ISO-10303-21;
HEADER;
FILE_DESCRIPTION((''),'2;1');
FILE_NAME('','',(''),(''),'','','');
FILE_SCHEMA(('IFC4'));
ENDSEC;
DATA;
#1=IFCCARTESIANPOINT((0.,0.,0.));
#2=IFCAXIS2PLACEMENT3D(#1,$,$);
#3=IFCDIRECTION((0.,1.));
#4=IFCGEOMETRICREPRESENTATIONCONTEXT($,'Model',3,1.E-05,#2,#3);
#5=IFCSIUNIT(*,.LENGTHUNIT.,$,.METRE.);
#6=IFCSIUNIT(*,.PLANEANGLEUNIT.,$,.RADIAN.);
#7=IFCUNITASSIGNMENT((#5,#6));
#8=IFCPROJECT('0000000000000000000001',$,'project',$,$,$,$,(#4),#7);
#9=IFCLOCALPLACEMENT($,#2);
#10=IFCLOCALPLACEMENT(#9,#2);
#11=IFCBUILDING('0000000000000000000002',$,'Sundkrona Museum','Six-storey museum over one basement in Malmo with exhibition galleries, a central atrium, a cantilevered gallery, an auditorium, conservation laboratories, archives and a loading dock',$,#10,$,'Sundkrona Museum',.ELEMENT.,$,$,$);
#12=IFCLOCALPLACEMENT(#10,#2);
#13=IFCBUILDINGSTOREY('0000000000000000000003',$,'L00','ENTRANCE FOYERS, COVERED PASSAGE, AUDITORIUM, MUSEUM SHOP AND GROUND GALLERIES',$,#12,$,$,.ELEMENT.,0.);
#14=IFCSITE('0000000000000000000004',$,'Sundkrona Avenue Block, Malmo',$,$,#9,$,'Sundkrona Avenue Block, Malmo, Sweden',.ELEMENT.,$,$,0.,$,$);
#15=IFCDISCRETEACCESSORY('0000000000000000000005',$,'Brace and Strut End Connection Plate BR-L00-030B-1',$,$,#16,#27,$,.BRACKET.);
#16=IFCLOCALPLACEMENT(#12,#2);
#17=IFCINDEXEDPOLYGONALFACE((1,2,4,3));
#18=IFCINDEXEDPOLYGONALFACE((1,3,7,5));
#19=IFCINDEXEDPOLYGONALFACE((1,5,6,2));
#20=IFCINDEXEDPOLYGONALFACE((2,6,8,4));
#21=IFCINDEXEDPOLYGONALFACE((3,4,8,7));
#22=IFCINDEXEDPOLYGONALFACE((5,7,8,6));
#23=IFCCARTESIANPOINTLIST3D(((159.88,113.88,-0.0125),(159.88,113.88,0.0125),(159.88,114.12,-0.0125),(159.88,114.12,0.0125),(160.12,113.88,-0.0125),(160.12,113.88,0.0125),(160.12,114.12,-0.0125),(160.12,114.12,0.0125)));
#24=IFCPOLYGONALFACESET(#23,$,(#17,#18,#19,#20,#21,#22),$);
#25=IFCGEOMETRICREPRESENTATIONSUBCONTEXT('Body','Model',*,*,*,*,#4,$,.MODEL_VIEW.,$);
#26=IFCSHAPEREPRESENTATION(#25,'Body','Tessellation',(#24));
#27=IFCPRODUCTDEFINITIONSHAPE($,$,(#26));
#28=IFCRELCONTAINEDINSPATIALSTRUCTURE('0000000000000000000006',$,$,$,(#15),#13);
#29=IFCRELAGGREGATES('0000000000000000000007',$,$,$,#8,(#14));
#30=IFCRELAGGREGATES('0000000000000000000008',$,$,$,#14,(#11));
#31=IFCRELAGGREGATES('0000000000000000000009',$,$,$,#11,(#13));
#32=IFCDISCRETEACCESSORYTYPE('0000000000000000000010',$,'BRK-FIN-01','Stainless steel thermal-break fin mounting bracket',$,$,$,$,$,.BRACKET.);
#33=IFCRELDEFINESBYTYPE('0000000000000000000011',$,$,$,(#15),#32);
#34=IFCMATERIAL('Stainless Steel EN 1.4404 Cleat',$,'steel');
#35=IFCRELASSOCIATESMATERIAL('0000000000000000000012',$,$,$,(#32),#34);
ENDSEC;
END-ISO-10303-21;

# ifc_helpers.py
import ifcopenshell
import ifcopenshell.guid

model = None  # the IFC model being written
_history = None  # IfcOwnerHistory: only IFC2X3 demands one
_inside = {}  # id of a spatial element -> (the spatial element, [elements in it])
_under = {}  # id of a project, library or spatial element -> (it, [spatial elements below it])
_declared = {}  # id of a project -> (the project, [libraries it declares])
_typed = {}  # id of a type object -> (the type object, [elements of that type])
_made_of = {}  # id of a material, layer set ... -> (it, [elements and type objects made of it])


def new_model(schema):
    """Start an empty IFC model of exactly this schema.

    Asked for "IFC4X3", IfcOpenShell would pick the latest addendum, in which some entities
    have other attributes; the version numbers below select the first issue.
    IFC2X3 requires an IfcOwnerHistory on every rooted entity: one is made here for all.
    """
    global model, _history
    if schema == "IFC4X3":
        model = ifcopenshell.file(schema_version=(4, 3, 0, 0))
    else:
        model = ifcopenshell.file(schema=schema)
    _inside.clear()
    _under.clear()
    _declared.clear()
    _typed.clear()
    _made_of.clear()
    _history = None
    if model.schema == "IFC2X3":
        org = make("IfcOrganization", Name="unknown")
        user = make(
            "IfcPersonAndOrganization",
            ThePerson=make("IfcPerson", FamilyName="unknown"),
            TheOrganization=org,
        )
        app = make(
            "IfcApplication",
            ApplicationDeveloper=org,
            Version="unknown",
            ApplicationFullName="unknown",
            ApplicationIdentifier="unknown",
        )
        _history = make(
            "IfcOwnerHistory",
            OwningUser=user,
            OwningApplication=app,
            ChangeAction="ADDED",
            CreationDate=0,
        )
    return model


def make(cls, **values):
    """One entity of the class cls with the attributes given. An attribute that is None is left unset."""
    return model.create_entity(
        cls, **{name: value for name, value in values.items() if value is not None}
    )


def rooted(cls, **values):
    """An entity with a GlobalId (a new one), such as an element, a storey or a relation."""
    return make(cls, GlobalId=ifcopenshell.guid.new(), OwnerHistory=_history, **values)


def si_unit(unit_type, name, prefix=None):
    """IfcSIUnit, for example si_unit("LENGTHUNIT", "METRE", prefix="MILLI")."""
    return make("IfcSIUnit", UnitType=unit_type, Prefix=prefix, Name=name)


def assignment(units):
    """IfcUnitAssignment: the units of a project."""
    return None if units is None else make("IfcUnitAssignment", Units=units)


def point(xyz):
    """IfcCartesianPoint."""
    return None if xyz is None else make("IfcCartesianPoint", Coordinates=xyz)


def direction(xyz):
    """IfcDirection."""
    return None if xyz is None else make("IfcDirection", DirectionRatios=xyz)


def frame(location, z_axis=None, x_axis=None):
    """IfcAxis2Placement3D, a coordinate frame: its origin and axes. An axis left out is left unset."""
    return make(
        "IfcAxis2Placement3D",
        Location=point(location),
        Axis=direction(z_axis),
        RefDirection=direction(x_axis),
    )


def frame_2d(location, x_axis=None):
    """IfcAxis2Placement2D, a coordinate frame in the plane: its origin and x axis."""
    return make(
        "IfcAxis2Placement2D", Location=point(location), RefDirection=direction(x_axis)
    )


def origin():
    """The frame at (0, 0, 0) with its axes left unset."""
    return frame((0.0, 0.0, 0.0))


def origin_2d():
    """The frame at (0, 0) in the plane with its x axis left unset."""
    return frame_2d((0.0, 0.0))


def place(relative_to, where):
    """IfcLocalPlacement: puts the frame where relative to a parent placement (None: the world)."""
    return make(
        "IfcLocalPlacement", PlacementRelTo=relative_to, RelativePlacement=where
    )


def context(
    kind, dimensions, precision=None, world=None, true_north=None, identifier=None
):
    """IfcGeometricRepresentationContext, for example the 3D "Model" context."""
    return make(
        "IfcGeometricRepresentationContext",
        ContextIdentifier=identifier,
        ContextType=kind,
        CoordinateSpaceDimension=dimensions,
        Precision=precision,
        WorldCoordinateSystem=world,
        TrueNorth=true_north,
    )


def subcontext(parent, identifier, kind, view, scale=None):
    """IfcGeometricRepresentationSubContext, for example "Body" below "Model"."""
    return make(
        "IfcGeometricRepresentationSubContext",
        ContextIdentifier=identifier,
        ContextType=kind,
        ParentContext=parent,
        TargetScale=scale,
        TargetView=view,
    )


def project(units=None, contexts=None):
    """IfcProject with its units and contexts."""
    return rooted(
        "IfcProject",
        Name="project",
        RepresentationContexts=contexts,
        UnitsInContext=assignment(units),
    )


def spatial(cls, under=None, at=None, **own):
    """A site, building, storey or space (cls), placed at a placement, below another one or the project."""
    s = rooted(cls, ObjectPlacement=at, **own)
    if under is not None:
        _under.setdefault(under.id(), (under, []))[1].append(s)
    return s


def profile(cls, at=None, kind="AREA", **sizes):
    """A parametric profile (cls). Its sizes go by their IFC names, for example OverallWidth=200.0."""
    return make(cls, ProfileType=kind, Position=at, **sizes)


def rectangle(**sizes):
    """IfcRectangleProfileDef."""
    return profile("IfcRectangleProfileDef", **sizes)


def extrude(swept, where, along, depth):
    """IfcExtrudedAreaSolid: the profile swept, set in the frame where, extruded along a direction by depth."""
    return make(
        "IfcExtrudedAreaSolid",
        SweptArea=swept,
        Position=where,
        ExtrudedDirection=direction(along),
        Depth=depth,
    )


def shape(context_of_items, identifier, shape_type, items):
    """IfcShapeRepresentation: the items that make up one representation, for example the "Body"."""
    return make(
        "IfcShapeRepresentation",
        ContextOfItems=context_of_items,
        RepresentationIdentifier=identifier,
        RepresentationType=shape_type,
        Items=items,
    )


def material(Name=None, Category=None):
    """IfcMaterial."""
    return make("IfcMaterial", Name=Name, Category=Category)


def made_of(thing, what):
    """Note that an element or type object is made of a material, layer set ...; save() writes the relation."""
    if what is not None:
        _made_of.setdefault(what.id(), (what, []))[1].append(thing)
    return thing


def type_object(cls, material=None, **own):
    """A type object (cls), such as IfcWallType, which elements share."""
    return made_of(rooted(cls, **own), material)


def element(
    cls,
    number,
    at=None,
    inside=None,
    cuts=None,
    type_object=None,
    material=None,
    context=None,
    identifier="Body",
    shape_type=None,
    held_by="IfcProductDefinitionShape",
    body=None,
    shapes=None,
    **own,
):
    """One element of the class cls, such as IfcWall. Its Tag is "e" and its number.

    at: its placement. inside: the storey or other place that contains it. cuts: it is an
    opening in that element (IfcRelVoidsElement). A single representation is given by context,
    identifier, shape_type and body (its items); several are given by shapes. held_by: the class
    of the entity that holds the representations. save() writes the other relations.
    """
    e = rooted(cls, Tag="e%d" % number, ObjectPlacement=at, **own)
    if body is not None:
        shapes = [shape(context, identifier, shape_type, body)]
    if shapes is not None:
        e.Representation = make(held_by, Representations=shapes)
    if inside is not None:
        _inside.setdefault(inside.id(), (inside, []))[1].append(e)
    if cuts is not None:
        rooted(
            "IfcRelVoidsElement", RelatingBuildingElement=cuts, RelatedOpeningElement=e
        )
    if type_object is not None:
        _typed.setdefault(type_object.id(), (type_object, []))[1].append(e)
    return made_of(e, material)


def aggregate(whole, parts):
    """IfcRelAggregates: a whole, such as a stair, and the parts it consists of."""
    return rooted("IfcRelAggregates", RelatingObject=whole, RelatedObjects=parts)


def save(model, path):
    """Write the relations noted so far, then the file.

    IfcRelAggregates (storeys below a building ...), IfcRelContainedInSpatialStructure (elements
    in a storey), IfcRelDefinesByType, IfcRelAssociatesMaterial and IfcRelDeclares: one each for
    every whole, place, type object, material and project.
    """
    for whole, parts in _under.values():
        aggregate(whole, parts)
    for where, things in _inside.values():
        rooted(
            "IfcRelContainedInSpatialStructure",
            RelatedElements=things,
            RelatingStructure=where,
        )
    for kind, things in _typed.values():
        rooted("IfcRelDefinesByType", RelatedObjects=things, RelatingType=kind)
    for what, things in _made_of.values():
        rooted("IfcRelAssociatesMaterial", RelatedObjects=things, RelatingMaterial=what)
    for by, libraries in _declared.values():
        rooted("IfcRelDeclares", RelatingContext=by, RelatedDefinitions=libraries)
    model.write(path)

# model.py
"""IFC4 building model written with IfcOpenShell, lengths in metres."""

from ifc_helpers import new_model, si_unit, direction, frame, origin, origin_2d, place, context, subcontext, project, spatial, rectangle, extrude, material, type_object, element, save


model = new_model("IFC4")

# Units and contexts
model_context = context("Model", 3, precision=1e-05, world=origin(), true_north=direction((0.0, 1.0)))
body_context = subcontext(model_context, "Body", "Model", "MODEL_VIEW")
ifc_project = project(units=[si_unit("LENGTHUNIT", "METRE"), si_unit("PLANEANGLEUNIT", "RADIAN")], contexts=[model_context])

# Site, building, storey
site_placement = place(None, origin())
site = spatial("IfcSite", under=ifc_project, at=site_placement, Name="Sundkrona Avenue Block, Malmo", LongName="Sundkrona Avenue Block, Malmo, Sweden", CompositionType="ELEMENT", RefElevation=0.0)
building_placement = place(site_placement, origin())
building = spatial("IfcBuilding", under=site, at=building_placement, Name="Sundkrona Museum", Description="Six-storey museum over one basement in Malmo with exhibition galleries, a central atrium, a cantilevered gallery, an auditorium, conservation laboratories, archives and a loading dock", LongName="Sundkrona Museum", CompositionType="ELEMENT")
storey_placement = place(building_placement, origin())
storey = spatial("IfcBuildingStorey", under=building, at=storey_placement, Name="L00", Description="ENTRANCE FOYERS, COVERED PASSAGE, AUDITORIUM, MUSEUM SHOP AND GROUND GALLERIES", CompositionType="ELEMENT", Elevation=0.0)

# Discrete accessory
ifc_material_1 = material(Name="Stainless Steel EN 1.4404 Cleat", Category="steel")
discrete_accessory_type = type_object("IfcDiscreteAccessoryType", Name="BRK-FIN-01", Description="Stainless steel thermal-break fin mounting bracket", PredefinedType="BRACKET", material=ifc_material_1)
discrete_accessory_placement = place(storey_placement, frame((160.0, 114.0, -0.0125), z_axis=(0.0, 0.0, 1.0), x_axis=(1.0, 0.0, 0.0)))
element("IfcDiscreteAccessory", 1, at=discrete_accessory_placement, inside=storey, type_object=discrete_accessory_type, Name="Brace and Strut End Connection Plate BR-L00-030B-1", PredefinedType="BRACKET", context=body_context, shape_type="SweptSolid", body=[
    extrude(rectangle(XDim=0.24, YDim=0.24, at=origin_2d()), origin(), (0.0, 0.0, 1.0), 0.0249),
])

save(model, "model.ifc")
